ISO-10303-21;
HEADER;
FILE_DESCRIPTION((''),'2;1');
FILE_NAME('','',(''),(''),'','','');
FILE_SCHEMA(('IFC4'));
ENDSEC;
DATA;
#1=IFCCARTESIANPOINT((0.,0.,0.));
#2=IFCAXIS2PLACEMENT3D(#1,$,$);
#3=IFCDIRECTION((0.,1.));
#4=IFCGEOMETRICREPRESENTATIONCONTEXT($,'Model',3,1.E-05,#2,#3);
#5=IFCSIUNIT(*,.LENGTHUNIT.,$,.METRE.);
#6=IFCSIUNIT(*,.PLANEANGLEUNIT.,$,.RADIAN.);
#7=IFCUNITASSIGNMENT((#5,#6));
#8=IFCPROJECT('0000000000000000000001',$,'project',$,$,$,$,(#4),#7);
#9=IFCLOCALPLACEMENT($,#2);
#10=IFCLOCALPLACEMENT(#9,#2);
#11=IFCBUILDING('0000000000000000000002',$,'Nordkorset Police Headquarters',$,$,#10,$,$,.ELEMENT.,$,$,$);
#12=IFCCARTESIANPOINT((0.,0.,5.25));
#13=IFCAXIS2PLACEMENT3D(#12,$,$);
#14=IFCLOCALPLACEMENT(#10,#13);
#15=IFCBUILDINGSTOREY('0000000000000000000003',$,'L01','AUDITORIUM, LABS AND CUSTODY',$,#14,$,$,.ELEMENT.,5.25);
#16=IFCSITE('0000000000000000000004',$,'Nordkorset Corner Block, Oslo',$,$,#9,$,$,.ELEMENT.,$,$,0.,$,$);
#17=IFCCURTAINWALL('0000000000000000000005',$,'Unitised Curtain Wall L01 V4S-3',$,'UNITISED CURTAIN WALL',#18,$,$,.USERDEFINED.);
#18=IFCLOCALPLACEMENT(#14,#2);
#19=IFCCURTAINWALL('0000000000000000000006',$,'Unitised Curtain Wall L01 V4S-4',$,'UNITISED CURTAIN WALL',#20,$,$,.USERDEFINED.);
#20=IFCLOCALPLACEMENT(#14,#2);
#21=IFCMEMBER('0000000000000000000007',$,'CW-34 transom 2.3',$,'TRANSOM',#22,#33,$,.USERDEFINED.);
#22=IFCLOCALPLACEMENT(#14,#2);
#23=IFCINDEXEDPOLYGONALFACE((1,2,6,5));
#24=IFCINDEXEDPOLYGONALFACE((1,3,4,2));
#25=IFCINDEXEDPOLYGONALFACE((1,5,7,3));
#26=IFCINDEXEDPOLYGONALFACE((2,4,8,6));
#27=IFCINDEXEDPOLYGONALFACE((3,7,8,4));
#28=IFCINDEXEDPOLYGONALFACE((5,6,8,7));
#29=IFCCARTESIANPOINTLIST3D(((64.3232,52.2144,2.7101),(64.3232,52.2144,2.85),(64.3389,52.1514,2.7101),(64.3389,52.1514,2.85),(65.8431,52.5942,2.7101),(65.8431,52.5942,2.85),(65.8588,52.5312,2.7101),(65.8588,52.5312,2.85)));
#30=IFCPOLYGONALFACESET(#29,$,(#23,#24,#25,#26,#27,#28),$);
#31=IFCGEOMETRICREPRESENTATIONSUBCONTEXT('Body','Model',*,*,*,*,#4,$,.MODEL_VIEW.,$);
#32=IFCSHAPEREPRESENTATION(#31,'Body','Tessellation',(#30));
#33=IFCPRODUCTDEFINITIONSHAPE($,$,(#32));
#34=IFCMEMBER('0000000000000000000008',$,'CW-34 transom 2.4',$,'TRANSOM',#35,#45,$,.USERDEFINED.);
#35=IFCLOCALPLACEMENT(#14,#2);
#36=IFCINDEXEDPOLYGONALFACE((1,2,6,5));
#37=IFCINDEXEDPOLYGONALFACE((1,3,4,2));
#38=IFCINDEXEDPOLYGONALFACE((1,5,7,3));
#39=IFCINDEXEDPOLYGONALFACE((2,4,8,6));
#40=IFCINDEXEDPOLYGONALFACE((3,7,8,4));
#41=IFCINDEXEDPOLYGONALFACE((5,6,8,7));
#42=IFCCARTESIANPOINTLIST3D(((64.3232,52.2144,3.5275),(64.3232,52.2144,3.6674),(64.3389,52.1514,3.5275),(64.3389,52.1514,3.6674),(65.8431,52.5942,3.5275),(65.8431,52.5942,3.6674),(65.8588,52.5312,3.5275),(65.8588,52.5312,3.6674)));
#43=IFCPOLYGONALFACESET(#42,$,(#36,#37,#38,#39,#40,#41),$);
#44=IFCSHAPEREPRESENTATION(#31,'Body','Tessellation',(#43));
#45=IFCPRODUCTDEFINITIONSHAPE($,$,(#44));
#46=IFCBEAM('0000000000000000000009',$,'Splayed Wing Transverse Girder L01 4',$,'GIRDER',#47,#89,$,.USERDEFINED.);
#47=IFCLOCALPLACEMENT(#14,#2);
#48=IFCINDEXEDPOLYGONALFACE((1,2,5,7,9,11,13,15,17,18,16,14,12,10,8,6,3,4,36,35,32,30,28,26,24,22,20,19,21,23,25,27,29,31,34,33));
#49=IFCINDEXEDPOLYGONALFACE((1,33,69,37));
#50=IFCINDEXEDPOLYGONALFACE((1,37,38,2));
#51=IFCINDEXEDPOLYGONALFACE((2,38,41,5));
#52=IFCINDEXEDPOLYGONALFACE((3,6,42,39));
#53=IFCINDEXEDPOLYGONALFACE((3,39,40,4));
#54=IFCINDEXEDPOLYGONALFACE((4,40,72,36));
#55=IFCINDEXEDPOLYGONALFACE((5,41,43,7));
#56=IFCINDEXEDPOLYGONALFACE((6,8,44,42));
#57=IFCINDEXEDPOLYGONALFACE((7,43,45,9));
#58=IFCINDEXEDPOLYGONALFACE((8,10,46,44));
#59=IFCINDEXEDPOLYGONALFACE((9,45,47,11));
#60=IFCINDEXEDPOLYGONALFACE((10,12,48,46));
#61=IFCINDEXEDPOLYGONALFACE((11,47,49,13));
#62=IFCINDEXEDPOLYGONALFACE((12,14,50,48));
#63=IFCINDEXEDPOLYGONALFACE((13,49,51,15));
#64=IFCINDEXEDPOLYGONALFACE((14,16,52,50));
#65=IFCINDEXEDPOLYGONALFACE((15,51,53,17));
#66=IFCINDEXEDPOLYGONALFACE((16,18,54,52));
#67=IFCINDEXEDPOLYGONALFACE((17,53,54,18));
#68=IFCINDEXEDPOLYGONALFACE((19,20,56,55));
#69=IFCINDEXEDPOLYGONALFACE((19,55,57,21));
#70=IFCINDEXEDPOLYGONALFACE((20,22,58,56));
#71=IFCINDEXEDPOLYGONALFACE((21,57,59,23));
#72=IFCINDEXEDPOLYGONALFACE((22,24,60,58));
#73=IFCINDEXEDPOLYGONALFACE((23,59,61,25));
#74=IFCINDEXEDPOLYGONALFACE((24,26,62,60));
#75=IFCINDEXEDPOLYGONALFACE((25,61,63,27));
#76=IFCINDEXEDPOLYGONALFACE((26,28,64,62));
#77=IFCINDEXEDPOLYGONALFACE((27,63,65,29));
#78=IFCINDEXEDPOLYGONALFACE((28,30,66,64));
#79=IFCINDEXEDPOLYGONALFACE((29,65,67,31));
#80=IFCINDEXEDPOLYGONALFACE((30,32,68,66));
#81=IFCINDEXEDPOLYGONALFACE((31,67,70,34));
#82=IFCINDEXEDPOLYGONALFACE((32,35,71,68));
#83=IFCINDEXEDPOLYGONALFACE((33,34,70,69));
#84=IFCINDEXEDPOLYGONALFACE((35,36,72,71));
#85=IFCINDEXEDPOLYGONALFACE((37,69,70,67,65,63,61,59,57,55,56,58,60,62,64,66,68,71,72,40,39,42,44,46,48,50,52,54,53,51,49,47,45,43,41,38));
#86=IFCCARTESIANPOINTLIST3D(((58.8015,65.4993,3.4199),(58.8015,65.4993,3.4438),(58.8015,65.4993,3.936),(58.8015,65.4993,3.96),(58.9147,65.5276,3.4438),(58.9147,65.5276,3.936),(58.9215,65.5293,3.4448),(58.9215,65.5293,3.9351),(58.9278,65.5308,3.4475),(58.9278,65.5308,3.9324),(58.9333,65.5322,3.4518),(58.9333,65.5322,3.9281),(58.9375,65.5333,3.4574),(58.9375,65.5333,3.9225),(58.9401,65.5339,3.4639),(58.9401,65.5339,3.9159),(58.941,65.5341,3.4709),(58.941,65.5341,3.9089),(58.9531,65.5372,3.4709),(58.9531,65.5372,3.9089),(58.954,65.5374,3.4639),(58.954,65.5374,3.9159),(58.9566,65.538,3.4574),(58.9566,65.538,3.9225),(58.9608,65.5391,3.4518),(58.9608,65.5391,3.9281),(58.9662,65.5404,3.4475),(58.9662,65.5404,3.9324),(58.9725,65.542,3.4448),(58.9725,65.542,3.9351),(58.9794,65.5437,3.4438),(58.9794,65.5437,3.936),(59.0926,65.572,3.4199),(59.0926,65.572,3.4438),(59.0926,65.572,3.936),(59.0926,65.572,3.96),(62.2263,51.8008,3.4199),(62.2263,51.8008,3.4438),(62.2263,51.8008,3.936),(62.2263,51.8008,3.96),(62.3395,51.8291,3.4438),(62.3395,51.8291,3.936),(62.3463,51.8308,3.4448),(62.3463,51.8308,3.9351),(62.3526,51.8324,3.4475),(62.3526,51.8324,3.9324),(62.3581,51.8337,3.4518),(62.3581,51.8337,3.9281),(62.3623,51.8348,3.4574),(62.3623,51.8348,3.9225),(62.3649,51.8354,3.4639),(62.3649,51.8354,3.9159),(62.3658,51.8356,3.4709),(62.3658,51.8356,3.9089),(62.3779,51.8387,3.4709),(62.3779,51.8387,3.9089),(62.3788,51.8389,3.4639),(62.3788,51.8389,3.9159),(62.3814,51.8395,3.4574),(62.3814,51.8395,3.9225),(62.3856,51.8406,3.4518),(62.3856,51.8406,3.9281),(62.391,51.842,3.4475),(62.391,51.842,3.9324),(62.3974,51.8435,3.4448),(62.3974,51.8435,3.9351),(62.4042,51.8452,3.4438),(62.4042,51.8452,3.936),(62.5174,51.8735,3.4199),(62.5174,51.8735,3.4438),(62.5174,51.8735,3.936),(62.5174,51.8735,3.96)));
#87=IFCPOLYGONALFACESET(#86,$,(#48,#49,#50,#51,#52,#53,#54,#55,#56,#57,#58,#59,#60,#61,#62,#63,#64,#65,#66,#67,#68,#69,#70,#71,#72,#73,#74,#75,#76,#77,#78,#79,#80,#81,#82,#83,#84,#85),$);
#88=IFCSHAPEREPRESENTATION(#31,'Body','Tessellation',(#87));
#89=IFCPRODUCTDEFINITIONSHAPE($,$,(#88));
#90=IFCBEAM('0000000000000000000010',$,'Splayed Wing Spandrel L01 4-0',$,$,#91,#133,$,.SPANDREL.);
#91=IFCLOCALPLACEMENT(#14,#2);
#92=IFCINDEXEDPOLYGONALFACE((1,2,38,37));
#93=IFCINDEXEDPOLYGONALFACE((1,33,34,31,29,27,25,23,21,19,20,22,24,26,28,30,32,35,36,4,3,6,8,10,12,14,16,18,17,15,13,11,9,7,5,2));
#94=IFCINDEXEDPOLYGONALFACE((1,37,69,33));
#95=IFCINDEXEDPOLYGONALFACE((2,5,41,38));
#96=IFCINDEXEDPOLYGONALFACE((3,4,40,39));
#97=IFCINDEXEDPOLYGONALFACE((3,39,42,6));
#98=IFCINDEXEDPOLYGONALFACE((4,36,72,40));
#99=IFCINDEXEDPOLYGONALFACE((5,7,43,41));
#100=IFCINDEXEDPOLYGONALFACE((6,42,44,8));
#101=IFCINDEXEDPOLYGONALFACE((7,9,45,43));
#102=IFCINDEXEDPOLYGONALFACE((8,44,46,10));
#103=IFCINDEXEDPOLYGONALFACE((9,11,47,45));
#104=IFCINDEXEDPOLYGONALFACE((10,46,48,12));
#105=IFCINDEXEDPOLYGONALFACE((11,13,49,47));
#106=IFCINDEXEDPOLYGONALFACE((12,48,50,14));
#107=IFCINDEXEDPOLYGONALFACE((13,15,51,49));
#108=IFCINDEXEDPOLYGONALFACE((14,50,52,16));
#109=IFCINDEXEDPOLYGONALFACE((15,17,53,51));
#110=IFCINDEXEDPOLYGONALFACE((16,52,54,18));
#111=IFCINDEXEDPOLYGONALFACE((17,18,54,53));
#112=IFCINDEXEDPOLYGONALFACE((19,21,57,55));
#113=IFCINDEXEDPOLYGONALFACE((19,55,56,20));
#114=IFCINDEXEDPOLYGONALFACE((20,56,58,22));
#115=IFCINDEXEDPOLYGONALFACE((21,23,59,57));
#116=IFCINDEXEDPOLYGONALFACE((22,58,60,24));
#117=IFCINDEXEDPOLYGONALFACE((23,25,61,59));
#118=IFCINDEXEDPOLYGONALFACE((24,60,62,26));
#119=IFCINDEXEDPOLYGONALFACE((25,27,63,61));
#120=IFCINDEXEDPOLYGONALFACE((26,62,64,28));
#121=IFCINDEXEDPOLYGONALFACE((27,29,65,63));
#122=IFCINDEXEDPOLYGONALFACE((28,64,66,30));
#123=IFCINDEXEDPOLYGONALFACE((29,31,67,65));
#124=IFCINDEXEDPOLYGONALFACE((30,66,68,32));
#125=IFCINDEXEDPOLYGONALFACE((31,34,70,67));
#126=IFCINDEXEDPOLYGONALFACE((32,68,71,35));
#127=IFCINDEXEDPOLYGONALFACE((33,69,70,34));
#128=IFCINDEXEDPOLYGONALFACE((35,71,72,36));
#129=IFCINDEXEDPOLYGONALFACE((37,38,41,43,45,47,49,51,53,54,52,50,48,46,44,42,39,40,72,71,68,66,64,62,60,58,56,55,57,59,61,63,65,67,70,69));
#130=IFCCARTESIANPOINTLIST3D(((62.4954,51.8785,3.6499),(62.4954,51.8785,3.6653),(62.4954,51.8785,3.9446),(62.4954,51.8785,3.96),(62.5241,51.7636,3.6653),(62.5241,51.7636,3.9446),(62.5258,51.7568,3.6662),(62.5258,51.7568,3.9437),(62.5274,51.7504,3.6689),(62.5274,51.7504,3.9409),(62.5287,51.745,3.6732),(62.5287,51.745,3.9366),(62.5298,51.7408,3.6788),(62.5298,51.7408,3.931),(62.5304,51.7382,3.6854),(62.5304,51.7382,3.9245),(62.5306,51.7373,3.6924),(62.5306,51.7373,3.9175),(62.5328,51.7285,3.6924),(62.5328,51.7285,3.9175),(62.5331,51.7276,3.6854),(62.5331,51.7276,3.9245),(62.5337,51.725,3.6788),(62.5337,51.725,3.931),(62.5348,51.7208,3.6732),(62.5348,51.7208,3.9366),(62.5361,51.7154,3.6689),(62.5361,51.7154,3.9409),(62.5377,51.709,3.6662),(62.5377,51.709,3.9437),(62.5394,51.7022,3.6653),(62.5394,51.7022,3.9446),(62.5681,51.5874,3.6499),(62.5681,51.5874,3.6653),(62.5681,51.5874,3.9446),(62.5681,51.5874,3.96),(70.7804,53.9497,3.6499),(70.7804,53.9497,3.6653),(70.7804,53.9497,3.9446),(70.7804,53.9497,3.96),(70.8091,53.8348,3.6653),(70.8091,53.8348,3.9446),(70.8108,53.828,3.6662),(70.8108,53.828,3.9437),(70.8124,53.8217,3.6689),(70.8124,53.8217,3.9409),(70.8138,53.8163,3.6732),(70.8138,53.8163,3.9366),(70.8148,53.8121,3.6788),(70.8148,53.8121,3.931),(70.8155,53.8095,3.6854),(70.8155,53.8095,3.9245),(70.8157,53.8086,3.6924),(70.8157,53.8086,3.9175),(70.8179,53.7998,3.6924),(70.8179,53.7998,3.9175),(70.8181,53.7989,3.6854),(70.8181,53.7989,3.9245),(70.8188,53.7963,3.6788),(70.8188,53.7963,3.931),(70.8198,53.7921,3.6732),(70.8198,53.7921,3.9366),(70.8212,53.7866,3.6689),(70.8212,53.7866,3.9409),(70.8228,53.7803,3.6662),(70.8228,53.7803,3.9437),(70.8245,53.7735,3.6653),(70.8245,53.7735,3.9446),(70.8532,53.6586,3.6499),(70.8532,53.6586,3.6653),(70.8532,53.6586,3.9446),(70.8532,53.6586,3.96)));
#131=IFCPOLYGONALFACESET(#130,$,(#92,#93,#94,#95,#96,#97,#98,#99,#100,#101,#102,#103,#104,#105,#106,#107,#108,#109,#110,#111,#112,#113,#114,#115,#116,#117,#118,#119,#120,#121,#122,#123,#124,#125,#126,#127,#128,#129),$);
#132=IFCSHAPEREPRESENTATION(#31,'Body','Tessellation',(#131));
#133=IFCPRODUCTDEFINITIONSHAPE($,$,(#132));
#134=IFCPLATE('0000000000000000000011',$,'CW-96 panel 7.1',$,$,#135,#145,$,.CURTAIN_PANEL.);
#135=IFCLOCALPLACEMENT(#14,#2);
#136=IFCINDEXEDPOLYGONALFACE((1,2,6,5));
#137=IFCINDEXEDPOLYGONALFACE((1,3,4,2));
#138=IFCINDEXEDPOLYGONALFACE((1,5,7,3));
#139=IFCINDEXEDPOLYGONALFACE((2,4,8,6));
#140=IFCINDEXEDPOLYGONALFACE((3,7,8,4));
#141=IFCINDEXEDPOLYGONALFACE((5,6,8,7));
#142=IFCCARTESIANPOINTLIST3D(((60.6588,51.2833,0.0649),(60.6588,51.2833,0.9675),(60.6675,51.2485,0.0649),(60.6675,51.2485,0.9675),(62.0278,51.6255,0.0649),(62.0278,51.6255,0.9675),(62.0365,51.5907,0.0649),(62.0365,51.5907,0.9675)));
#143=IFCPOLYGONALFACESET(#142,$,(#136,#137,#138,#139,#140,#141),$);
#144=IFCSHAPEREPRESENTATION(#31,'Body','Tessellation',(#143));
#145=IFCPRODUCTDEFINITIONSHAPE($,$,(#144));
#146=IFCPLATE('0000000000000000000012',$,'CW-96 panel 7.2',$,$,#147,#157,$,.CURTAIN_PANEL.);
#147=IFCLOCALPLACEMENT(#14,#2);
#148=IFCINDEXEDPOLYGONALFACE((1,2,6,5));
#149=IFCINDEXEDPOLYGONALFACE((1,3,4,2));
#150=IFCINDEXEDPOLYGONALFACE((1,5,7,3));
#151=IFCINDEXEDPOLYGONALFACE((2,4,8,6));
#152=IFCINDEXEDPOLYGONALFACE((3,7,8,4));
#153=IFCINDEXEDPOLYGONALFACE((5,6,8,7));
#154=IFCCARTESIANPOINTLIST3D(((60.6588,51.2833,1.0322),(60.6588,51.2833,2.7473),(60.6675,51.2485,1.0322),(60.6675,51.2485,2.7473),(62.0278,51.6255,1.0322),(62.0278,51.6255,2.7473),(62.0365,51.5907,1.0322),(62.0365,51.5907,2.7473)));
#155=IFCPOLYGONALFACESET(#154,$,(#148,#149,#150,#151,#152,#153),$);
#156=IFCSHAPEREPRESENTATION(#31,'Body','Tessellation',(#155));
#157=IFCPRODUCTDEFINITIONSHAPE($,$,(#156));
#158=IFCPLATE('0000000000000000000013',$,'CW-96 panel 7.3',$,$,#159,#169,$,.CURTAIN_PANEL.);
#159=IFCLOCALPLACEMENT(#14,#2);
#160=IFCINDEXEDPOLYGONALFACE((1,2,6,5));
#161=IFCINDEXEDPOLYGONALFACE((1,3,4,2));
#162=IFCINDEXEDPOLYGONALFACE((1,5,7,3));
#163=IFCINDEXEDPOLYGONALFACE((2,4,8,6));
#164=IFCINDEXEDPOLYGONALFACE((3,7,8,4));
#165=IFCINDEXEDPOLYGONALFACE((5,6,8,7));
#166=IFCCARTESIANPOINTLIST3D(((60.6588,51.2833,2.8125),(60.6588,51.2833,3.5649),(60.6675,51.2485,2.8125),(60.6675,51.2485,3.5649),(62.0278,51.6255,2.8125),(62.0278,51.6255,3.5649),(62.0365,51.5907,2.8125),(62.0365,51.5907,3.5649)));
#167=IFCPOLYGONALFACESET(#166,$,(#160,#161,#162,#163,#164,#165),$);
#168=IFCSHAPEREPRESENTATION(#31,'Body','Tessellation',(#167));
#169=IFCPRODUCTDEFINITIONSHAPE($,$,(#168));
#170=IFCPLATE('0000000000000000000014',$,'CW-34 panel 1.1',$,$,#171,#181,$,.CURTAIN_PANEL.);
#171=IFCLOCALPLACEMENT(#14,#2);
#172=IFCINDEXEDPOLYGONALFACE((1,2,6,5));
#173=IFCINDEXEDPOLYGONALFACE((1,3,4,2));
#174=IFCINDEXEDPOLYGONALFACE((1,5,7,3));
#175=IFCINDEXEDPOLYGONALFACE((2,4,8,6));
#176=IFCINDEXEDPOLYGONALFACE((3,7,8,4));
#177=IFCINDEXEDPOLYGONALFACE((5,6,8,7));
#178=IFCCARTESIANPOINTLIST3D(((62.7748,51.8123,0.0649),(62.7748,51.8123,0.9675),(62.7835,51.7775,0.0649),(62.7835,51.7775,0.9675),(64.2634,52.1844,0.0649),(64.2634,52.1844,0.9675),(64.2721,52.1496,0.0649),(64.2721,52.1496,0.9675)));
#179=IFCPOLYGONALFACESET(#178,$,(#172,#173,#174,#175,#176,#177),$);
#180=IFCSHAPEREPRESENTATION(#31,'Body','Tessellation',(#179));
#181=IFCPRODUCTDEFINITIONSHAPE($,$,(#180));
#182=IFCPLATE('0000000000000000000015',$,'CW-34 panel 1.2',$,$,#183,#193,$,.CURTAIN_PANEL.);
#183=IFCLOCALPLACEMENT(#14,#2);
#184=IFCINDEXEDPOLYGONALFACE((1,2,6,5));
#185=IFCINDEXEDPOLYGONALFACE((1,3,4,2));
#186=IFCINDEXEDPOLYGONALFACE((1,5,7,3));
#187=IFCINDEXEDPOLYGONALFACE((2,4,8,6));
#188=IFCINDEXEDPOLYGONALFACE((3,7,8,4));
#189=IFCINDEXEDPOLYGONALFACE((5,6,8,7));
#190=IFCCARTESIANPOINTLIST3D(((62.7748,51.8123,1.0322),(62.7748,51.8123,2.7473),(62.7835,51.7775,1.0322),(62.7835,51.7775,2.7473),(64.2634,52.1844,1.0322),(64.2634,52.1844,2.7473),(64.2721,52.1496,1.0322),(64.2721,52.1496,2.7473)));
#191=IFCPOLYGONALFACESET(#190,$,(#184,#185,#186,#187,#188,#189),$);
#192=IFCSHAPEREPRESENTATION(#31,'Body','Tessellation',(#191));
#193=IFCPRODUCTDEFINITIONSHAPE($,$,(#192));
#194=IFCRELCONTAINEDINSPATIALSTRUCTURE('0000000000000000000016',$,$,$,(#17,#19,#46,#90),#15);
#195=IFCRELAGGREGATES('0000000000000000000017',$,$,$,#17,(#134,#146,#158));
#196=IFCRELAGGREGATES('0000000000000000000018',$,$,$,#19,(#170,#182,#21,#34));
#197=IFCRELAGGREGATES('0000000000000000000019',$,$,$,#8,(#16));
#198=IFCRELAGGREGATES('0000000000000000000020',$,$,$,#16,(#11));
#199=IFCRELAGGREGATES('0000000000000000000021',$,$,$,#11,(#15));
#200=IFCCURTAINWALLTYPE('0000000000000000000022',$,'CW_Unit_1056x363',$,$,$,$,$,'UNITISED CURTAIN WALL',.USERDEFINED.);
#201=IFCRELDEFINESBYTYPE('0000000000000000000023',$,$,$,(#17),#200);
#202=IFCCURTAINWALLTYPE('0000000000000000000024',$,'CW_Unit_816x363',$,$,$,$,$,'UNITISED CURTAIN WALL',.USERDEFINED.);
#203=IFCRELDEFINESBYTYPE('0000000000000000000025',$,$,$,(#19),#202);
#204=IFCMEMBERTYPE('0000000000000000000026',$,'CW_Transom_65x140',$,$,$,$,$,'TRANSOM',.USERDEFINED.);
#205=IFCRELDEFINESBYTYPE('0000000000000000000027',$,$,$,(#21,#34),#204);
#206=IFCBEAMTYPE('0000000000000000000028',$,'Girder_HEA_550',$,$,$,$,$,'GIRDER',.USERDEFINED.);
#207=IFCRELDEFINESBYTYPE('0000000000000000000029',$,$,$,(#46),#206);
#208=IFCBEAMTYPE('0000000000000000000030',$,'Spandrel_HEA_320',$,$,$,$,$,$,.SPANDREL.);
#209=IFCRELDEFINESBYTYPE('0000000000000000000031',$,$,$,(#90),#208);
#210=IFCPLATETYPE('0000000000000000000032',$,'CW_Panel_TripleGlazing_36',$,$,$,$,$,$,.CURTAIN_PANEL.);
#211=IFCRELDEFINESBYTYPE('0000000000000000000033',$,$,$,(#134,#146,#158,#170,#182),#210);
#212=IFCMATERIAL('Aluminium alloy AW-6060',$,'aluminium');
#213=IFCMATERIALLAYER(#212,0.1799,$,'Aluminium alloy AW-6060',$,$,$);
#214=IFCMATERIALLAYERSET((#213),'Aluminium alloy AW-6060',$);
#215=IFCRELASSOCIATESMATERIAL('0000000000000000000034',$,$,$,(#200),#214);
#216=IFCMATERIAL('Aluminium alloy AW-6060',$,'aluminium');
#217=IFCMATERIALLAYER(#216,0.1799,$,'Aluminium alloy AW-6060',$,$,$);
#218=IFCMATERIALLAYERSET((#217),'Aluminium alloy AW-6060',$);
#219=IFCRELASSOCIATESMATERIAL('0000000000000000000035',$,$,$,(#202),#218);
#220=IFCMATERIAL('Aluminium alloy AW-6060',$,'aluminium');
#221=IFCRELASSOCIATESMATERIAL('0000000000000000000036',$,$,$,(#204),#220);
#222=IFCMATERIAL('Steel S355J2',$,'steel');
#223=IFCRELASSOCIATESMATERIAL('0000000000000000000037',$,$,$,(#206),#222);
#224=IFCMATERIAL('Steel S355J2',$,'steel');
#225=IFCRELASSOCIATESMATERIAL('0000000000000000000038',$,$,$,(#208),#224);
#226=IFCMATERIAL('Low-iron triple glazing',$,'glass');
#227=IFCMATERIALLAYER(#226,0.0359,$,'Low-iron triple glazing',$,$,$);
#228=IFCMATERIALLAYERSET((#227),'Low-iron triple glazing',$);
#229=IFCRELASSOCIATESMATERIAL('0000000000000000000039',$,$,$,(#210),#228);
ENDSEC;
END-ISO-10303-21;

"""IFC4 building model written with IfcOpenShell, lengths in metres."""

from ifc_helpers import new_model, si_unit, direction, frame, origin, origin_2d, place, context, subcontext, project, spatial, rectangle, i_section, extrude, material, layer, layer_set, material_profile, profile_set, type_object, element, aggregate, save


model = new_model("IFC4")

# Units and contexts
model_context = context("Model", 3, precision=1e-05, world=origin(), true_north=direction((0.0, 1.0)))
body_context = subcontext(model_context, "Body", "Model", "MODEL_VIEW")
ifc_project = project(units=[si_unit("LENGTHUNIT", "METRE"), si_unit("PLANEANGLEUNIT", "RADIAN")], contexts=[model_context])

# Site, building, storey
site_placement = place(None, origin())
site = spatial("IfcSite", under=ifc_project, at=site_placement, Name="Nordkorset Corner Block, Oslo", CompositionType="ELEMENT", RefElevation=0.0)
building_placement = place(site_placement, origin())
building = spatial("IfcBuilding", under=site, at=building_placement, Name="Nordkorset Police Headquarters", CompositionType="ELEMENT")
storey_placement = place(building_placement, frame((0.0, 0.0, 5.25)))
storey = spatial("IfcBuildingStorey", under=building, at=storey_placement, Name="L01", Description="AUDITORIUM, LABS AND CUSTODY", CompositionType="ELEMENT", Elevation=5.25)

# Curtain wall
ifc_material_1 = material(Name="Aluminium alloy AW-6060", Category="aluminium")
ifc_layer_1 = layer(ifc_material_1, 0.1799, Name="Aluminium alloy AW-6060")
ifc_layer_set_1 = layer_set([ifc_layer_1], Name="Aluminium alloy AW-6060")
curtain_wall_type_1 = type_object("IfcCurtainWallType", Name="CW_Unit_1056x363", ElementType="UNITISED CURTAIN WALL", PredefinedType="USERDEFINED", material=ifc_layer_set_1)
curtain_wall_1_placement = place(storey_placement, origin())
curtain_wall_1 = element("IfcCurtainWall", 1, at=curtain_wall_1_placement, inside=storey, type_object=curtain_wall_type_1, Name="Unitised Curtain Wall L01 V4S-3", ObjectType="UNITISED CURTAIN WALL", PredefinedType="USERDEFINED")

# Curtain wall, members
ifc_material_2 = material(Name="Aluminium alloy AW-6060", Category="aluminium")
ifc_layer_2 = layer(ifc_material_2, 0.1799, Name="Aluminium alloy AW-6060")
ifc_layer_set_2 = layer_set([ifc_layer_2], Name="Aluminium alloy AW-6060")
curtain_wall_type_2 = type_object("IfcCurtainWallType", Name="CW_Unit_816x363", ElementType="UNITISED CURTAIN WALL", PredefinedType="USERDEFINED", material=ifc_layer_set_2)
curtain_wall_2_placement = place(storey_placement, origin())
curtain_wall_2 = element("IfcCurtainWall", 2, at=curtain_wall_2_placement, inside=storey, type_object=curtain_wall_type_2, Name="Unitised Curtain Wall L01 V4S-4", ObjectType="UNITISED CURTAIN WALL", PredefinedType="USERDEFINED")
ifc_material_3 = material(Name="Aluminium alloy AW-6060", Category="aluminium")
ifc_material_profile_1 = material_profile(ifc_material_3, rectangle(XDim=0.0649, YDim=0.1399, at=origin_2d()), Name="ALU TRAN 65x140")
ifc_profile_set_1 = profile_set([ifc_material_profile_1], Name="Aluminium alloy AW-6060")
member_type_1 = type_object("IfcMemberType", Name="CW_Transom_65x140", ElementType="TRANSOM", PredefinedType="USERDEFINED", material=ifc_profile_set_1)
member_1_placement = place(storey_placement, frame((64.3311, 52.1829, 2.78), z_axis=(0.970161, 0.242462, 0.0), x_axis=(-0.242462, 0.970161, 0.0)))
member_1 = element("IfcMember", 3, at=member_1_placement, type_object=member_type_1, Name="CW-34 transom 2.3", ObjectType="TRANSOM", PredefinedType="USERDEFINED", context=body_context, shape_type="SweptSolid", body=[
    extrude(rectangle(XDim=0.0649, YDim=0.1399, at=origin_2d()), origin(), (0.0, 0.0, 1.0), 1.5667),
])
member_2_placement = place(storey_placement, frame((64.3311, 52.1829, 3.5974), z_axis=(0.970161, 0.242462, 0.0), x_axis=(-0.242462, 0.970161, 0.0)))
member_2 = element("IfcMember", 4, at=member_2_placement, type_object=member_type_1, Name="CW-34 transom 2.4", ObjectType="TRANSOM", PredefinedType="USERDEFINED", context=body_context, shape_type="SweptSolid", body=[
    extrude(rectangle(XDim=0.0649, YDim=0.1399, at=origin_2d()), origin(), (0.0, 0.0, 1.0), 1.5667),
])

# Beams
ifc_material_4 = material(Name="Steel S355J2", Category="steel")
ifc_material_profile_2 = material_profile(ifc_material_4, i_section(OverallWidth=0.3, OverallDepth=0.54, WebThickness=0.0125, FlangeThickness=0.0239, FilletRadius=0.0271, at=origin_2d()), Name="HEA 550")
ifc_profile_set_2 = profile_set([ifc_material_profile_2], Name="Steel S355J2")
beam_type_1 = type_object("IfcBeamType", Name="Girder_HEA_550", ElementType="GIRDER", PredefinedType="USERDEFINED", material=ifc_profile_set_2)
beam_1_placement = place(storey_placement, frame((62.3718, 51.8372, 3.6899), z_axis=(-0.242548, 0.970139, 0.0), x_axis=(-0.970139, -0.242548, 0.0)))
element("IfcBeam", 5, at=beam_1_placement, inside=storey, type_object=beam_type_1, Name="Splayed Wing Transverse Girder L01 4", ObjectType="GIRDER", PredefinedType="USERDEFINED", context=body_context, shape_type="SweptSolid", body=[
    extrude(i_section(OverallWidth=0.3, OverallDepth=0.54, WebThickness=0.0125, FlangeThickness=0.0239, FilletRadius=0.0271, at=origin_2d()), origin(), (0.0, 0.0, 1.0), 14.1201),
])
ifc_material_5 = material(Name="Steel S355J2", Category="steel")
ifc_material_profile_3 = material_profile(ifc_material_5, i_section(OverallWidth=0.3, OverallDepth=0.3101, WebThickness=0.009, FlangeThickness=0.0154, FilletRadius=0.0271, at=origin_2d()), Name="HEA 320")
ifc_profile_set_3 = profile_set([ifc_material_profile_3], Name="Steel S355J2")
beam_type_2 = type_object("IfcBeamType", Name="Spandrel_HEA_320", PredefinedType="SPANDREL", material=ifc_profile_set_3)
beam_2_placement = place(storey_placement, frame((62.5317, 51.7329, 3.8049), z_axis=(0.970143, 0.242536, 0.0), x_axis=(-0.242536, 0.970143, 0.0)))
element("IfcBeam", 6, at=beam_2_placement, inside=storey, type_object=beam_type_2, Name="Splayed Wing Spandrel L01 4-0", PredefinedType="SPANDREL", context=body_context, shape_type="SweptSolid", body=[
    extrude(i_section(OverallWidth=0.3, OverallDepth=0.3101, WebThickness=0.009, FlangeThickness=0.0154, FilletRadius=0.0271, at=origin_2d()), origin(), (0.0, 0.0, 1.0), 8.54),
])

# Plates
ifc_material_6 = material(Name="Low-iron triple glazing", Category="glass")
ifc_layer_3 = layer(ifc_material_6, 0.0359, Name="Low-iron triple glazing")
ifc_layer_set_3 = layer_set([ifc_layer_3], Name="Low-iron triple glazing")
plate_type = type_object("IfcPlateType", Name="CW_Panel_TripleGlazing_36", PredefinedType="CURTAIN_PANEL", material=ifc_layer_set_3)
plate_1_placement = place(storey_placement, frame((61.3477, 51.437, 0.0649), z_axis=(0.0, 0.0, 1.0), x_axis=(0.970143, 0.242535, 0.0)))
plate_1 = element("IfcPlate", 7, at=plate_1_placement, type_object=plate_type, Name="CW-96 panel 7.1", PredefinedType="CURTAIN_PANEL", context=body_context, shape_type="SweptSolid", body=[
    extrude(rectangle(XDim=1.4111, YDim=0.0359, at=origin_2d()), origin(), (0.0, 0.0, 1.0), 0.9026),
])
plate_2_placement = place(storey_placement, frame((61.3477, 51.437, 1.0322), z_axis=(0.0, 0.0, 1.0), x_axis=(0.970143, 0.242535, 0.0)))
plate_2 = element("IfcPlate", 8, at=plate_2_placement, type_object=plate_type, Name="CW-96 panel 7.2", PredefinedType="CURTAIN_PANEL", context=body_context, shape_type="SweptSolid", body=[
    extrude(rectangle(XDim=1.4111, YDim=0.0359, at=origin_2d()), origin(), (0.0, 0.0, 1.0), 1.7151),
])
plate_3_placement = place(storey_placement, frame((61.3477, 51.437, 2.8125), z_axis=(0.0, 0.0, 1.0), x_axis=(0.970143, 0.242535, 0.0)))
plate_3 = element("IfcPlate", 9, at=plate_3_placement, type_object=plate_type, Name="CW-96 panel 7.3", PredefinedType="CURTAIN_PANEL", context=body_context, shape_type="SweptSolid", body=[
    extrude(rectangle(XDim=1.4111, YDim=0.0359, at=origin_2d()), origin(), (0.0, 0.0, 1.0), 0.7524),
])
aggregate(curtain_wall_1, [plate_1, plate_2, plate_3])
plate_4_placement = place(storey_placement, frame((63.5234, 51.981, 0.0649), z_axis=(0.0, 0.0, 1.0), x_axis=(0.970143, 0.242536, 0.0)))
plate_4 = element("IfcPlate", 10, at=plate_4_placement, type_object=plate_type, Name="CW-34 panel 1.1", PredefinedType="CURTAIN_PANEL", context=body_context, shape_type="SweptSolid", body=[
    extrude(rectangle(XDim=1.5344, YDim=0.0359, at=origin_2d()), origin(), (0.0, 0.0, 1.0), 0.9026),
])
plate_5_placement = place(storey_placement, frame((63.5234, 51.981, 1.0322), z_axis=(0.0, 0.0, 1.0), x_axis=(0.970143, 0.242536, 0.0)))
plate_5 = element("IfcPlate", 11, at=plate_5_placement, type_object=plate_type, Name="CW-34 panel 1.2", PredefinedType="CURTAIN_PANEL", context=body_context, shape_type="SweptSolid", body=[
    extrude(rectangle(XDim=1.5344, YDim=0.0359, at=origin_2d()), origin(), (0.0, 0.0, 1.0), 1.7151),
])
aggregate(curtain_wall_2, [plate_4, plate_5, member_1, member_2])

save(model, "model.ifc")
